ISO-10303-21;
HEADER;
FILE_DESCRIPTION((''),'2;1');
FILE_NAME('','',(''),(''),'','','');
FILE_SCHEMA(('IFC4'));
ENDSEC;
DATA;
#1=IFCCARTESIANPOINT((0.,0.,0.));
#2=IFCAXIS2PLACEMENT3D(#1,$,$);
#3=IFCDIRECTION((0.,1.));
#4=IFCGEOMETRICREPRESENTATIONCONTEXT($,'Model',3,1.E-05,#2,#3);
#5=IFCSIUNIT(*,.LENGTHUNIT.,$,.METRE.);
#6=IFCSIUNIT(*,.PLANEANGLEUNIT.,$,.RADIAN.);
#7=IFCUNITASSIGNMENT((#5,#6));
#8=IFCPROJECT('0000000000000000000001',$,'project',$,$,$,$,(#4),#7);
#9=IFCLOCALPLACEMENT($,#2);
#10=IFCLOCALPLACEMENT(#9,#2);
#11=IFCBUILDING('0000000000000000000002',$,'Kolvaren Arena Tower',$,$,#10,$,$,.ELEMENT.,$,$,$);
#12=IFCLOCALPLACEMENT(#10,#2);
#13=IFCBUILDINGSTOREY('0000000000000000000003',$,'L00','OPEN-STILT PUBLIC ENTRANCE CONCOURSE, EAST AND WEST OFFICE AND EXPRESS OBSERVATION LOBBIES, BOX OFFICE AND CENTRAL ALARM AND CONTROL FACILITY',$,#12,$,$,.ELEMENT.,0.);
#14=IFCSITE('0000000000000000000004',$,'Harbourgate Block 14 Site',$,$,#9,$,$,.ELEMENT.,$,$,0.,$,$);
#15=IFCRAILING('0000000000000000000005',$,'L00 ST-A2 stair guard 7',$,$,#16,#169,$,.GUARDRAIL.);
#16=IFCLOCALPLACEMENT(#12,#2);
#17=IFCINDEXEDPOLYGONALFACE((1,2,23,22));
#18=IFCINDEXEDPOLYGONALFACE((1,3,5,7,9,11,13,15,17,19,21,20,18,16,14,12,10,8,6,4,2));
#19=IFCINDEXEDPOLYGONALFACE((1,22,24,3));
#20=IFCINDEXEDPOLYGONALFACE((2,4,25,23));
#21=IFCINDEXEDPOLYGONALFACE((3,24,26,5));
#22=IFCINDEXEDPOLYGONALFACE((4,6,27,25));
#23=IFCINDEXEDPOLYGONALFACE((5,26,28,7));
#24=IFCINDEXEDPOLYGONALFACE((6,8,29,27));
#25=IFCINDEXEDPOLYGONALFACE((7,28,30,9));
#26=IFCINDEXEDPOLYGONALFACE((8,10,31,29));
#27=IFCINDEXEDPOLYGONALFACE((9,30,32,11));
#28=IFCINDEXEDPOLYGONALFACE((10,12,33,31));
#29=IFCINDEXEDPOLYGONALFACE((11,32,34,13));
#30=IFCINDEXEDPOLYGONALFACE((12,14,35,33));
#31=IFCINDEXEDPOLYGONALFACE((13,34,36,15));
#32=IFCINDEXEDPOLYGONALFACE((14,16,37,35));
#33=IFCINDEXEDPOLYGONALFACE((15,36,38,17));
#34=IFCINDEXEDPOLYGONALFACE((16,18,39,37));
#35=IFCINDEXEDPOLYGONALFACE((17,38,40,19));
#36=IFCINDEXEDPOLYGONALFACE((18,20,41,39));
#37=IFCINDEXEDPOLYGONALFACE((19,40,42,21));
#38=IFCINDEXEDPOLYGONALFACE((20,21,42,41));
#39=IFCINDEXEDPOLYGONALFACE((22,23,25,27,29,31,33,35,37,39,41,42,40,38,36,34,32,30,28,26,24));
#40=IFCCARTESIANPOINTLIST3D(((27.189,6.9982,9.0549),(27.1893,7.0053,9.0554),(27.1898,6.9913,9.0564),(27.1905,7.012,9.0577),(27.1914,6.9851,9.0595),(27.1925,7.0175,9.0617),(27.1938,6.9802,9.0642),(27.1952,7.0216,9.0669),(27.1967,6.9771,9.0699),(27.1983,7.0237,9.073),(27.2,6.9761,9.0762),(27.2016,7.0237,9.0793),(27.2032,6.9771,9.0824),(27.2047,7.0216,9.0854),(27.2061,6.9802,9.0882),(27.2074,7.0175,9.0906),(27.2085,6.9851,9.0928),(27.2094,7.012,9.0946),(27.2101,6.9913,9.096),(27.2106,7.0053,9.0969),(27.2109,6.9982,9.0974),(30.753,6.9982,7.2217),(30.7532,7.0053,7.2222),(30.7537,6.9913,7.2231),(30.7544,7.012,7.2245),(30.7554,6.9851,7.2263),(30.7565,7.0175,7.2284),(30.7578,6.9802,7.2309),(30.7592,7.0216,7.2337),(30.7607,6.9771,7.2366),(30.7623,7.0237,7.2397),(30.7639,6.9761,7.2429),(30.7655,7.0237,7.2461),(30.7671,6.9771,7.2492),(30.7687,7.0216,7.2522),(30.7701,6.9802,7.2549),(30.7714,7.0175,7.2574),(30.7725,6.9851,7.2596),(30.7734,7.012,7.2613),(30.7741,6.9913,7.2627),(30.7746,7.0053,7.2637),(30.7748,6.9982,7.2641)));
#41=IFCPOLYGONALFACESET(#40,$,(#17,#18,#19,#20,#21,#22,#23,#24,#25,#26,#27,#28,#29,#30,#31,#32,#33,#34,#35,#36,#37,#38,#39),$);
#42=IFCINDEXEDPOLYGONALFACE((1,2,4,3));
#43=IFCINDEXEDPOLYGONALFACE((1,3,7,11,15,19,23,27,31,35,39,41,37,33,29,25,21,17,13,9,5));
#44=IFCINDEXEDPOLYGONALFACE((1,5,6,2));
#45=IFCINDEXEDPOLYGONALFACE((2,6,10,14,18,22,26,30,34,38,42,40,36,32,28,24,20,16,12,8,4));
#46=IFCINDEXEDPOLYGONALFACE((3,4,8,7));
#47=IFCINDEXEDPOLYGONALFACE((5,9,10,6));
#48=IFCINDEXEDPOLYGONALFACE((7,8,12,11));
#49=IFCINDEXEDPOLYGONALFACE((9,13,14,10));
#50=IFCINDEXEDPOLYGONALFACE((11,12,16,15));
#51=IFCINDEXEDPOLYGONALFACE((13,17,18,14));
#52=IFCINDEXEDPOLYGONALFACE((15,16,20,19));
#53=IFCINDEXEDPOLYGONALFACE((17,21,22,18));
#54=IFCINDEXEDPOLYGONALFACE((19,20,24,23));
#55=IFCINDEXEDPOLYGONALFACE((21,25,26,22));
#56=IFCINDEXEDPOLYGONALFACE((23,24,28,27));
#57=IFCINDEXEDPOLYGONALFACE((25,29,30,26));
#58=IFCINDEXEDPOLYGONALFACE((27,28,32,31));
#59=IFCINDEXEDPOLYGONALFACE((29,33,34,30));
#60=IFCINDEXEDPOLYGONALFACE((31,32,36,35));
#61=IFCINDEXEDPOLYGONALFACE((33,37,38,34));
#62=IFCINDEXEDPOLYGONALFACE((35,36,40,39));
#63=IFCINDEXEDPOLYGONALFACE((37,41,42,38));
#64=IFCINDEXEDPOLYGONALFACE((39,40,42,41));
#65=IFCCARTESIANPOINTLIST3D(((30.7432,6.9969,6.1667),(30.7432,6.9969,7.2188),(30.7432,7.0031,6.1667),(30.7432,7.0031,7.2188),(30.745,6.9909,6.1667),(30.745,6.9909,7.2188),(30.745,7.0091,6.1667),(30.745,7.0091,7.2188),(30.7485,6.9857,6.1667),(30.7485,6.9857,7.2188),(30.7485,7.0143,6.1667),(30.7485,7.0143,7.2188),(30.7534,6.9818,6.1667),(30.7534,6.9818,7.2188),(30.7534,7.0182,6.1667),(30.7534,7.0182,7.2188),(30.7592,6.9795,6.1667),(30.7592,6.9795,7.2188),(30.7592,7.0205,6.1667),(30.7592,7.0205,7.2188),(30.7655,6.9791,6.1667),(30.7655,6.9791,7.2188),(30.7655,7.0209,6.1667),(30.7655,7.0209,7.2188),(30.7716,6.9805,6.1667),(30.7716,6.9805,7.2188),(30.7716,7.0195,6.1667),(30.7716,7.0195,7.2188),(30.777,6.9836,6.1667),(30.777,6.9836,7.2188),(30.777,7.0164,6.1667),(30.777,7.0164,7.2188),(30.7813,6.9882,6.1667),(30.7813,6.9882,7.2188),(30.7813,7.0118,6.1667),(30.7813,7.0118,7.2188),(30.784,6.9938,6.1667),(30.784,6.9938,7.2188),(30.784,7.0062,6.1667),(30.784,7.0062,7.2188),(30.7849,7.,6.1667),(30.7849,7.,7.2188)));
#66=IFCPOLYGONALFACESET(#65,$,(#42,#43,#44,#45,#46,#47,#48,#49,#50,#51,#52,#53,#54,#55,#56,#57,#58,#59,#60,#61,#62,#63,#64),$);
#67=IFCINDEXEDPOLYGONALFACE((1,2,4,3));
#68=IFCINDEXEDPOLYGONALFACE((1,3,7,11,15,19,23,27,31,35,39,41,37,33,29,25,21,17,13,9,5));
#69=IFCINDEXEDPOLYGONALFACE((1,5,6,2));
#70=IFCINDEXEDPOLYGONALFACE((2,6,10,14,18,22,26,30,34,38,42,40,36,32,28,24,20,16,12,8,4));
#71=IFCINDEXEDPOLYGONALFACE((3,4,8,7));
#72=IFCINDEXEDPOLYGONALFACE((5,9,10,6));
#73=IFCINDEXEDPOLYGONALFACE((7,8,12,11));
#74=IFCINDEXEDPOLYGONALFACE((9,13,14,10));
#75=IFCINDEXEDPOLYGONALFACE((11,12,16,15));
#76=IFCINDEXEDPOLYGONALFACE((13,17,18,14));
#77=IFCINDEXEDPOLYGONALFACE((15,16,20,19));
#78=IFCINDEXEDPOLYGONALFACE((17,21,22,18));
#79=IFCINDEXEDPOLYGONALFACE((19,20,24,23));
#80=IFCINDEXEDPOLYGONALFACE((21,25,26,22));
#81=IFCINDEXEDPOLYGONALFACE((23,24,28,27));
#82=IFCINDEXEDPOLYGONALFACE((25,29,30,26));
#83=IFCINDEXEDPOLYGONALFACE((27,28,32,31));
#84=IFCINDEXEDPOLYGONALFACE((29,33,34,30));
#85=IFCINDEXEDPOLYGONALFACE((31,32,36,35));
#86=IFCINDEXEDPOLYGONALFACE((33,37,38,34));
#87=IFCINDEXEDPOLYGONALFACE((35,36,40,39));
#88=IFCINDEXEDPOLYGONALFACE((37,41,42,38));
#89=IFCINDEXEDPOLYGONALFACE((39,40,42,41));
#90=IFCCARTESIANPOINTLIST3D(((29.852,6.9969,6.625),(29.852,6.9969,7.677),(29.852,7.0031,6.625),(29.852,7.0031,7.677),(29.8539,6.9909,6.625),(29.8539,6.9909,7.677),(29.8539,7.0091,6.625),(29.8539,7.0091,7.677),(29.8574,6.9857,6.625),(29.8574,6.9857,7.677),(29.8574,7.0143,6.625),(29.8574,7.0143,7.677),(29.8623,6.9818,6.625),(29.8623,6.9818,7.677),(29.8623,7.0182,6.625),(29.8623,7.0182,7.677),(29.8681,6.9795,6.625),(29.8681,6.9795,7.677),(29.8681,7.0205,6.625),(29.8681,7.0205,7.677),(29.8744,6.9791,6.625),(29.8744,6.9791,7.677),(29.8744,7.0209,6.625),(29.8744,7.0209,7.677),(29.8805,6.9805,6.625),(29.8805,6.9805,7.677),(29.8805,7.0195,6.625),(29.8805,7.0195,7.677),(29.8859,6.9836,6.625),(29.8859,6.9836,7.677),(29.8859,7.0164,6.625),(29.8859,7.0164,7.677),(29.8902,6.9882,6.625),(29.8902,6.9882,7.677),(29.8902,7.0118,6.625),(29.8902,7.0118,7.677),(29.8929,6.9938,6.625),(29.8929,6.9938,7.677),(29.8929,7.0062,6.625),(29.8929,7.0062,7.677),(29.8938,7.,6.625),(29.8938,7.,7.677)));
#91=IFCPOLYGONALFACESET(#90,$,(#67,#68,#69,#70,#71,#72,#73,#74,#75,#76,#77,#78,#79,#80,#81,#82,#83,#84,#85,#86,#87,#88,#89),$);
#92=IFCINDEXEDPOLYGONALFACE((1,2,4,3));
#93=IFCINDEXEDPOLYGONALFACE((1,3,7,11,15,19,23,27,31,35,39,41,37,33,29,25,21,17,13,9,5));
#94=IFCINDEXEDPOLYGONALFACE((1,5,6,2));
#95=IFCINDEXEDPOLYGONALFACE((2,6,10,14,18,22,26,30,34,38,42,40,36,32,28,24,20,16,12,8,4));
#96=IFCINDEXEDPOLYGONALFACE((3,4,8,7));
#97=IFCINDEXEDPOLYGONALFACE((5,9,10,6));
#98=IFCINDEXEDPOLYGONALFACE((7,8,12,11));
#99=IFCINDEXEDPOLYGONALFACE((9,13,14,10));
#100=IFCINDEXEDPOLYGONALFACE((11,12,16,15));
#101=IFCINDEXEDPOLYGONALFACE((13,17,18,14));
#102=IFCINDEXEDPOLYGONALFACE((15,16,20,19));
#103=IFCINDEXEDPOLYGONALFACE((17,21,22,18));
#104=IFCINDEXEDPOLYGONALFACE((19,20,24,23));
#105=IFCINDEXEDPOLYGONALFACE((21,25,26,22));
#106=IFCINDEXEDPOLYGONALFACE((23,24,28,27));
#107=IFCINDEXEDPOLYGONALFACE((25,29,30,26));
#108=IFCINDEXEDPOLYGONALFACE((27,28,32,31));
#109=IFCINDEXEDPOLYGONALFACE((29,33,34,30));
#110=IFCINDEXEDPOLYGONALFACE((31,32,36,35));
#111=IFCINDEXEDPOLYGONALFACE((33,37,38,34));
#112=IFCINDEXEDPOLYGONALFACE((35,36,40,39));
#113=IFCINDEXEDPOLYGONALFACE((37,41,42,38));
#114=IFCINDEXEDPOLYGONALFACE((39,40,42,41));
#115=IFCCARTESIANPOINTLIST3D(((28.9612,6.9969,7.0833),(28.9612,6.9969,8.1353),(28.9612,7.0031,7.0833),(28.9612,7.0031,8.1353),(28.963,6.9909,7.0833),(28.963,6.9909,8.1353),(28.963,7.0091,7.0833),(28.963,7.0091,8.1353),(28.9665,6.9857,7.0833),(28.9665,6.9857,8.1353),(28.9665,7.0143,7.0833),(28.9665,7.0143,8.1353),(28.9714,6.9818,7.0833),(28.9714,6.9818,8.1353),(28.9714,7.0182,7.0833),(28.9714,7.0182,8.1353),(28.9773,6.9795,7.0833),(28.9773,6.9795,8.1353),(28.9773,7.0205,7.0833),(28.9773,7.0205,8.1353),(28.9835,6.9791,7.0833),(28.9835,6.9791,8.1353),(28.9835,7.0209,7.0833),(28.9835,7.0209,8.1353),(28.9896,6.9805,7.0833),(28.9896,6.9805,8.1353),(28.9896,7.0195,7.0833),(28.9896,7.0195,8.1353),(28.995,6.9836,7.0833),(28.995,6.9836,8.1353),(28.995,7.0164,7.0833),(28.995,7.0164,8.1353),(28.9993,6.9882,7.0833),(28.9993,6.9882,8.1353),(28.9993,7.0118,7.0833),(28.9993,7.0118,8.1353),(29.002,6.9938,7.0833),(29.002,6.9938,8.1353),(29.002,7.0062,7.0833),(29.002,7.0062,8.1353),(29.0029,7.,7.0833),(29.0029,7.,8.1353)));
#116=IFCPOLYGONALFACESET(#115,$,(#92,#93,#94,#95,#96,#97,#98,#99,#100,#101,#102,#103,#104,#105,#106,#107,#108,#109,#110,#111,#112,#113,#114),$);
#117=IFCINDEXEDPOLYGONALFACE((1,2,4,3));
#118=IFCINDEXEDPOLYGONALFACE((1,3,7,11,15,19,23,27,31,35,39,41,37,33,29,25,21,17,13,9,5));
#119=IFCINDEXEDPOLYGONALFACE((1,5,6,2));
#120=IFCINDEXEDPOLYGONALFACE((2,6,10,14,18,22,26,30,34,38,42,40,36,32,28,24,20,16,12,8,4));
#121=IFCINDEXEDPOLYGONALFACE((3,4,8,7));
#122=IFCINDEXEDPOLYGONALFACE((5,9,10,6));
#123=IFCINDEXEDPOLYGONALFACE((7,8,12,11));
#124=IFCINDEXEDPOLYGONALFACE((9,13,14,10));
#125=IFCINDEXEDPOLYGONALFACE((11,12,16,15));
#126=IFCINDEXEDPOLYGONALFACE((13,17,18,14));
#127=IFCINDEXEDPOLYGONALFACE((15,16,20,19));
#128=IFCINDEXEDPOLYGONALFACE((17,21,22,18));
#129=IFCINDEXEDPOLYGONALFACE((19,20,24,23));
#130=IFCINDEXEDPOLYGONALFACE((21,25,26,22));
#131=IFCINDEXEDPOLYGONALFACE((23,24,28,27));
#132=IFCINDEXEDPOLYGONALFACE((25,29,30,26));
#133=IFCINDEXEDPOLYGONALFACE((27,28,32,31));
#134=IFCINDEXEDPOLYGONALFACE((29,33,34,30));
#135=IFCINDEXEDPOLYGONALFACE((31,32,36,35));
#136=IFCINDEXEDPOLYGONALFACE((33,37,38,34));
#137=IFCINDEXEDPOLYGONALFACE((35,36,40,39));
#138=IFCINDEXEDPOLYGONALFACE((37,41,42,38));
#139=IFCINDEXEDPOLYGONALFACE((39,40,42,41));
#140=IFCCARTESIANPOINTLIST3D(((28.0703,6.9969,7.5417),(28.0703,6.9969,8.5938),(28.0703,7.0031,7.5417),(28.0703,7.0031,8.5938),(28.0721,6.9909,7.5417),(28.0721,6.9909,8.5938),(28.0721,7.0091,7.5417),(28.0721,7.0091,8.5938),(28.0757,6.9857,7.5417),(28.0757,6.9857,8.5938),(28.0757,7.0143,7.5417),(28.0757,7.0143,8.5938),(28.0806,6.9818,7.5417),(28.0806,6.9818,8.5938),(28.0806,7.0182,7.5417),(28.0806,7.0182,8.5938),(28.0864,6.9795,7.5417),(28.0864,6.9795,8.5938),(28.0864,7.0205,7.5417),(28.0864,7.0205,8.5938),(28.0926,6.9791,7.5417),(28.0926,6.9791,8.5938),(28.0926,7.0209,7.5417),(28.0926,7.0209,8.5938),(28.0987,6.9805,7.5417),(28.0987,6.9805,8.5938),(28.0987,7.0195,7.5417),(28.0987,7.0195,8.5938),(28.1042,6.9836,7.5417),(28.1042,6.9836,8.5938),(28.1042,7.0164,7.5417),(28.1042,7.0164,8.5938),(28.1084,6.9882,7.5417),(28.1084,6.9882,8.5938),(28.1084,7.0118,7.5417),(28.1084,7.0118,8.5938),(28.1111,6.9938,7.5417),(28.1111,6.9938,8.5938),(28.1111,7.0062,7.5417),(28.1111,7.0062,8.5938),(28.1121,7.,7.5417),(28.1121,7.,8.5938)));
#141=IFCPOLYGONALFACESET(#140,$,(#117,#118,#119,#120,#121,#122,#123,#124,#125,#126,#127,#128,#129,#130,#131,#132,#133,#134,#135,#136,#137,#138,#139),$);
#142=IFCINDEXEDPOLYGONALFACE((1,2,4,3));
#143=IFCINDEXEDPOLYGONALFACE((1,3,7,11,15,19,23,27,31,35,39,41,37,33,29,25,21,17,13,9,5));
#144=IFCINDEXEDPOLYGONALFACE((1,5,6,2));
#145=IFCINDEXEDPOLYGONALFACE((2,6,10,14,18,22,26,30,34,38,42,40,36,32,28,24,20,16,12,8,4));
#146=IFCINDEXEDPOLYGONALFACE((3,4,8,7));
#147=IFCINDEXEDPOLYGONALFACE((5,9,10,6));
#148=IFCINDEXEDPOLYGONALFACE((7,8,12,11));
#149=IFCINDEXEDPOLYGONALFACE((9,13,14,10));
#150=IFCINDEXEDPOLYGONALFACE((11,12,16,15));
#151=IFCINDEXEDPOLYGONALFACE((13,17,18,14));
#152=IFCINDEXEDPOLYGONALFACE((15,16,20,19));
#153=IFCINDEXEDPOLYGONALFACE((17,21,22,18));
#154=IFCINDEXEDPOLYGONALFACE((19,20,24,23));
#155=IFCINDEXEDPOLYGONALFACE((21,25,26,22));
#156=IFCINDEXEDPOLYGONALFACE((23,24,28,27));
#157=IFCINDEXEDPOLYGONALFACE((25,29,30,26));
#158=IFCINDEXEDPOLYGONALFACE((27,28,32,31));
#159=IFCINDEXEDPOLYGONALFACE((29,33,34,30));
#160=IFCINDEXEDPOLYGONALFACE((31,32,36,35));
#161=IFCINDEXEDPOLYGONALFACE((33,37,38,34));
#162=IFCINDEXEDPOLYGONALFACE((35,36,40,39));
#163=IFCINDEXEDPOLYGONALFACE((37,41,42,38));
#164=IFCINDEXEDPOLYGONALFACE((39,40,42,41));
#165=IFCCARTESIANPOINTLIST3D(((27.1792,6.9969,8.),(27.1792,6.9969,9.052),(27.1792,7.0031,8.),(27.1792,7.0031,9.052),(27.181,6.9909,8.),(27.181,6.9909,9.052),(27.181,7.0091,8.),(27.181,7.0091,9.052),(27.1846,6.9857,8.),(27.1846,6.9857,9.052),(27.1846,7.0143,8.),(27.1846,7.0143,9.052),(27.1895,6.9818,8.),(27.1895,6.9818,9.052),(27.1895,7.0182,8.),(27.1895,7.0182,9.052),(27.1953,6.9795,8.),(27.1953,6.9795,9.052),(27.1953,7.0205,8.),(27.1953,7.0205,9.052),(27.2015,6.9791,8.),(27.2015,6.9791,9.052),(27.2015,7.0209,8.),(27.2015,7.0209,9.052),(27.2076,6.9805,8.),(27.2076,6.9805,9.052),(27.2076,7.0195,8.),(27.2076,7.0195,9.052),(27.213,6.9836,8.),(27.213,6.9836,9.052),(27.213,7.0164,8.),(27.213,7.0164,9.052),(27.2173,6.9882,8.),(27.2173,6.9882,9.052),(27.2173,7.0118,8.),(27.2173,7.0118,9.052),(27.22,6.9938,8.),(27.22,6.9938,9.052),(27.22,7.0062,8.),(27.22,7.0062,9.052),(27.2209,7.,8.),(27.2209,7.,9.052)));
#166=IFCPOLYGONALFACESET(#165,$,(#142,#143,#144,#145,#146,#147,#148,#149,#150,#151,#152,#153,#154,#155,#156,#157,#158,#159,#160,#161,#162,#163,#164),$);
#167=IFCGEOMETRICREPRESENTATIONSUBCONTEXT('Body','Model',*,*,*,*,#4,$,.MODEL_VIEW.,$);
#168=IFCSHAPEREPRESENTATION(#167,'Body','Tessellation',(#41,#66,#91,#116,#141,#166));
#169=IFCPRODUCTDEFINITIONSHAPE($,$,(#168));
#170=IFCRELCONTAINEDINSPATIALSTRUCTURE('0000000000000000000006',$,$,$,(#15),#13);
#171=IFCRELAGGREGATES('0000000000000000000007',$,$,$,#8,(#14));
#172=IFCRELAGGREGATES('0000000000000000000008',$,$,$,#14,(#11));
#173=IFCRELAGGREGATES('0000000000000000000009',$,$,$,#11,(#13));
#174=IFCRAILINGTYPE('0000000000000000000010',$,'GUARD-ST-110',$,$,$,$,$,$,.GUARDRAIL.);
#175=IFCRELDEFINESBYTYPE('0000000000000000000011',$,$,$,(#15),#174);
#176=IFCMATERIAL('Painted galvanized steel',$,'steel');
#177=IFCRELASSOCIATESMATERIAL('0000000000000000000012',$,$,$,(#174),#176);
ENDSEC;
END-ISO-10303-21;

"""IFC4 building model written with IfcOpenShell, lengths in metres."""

from ifc_helpers import new_model, si_unit, direction, frame, origin, origin_2d, place, context, subcontext, project, spatial, circle, extrude, material, type_object, element, save


model = new_model("IFC4")

# Units and contexts
model_context = context("Model", 3, precision=1e-05, world=origin(), true_north=direction((0.0, 1.0)))
body_context = subcontext(model_context, "Body", "Model", "MODEL_VIEW")
ifc_project = project(units=[si_unit("LENGTHUNIT", "METRE"), si_unit("PLANEANGLEUNIT", "RADIAN")], contexts=[model_context])

# Site, building, storey
site_placement = place(None, origin())
site = spatial("IfcSite", under=ifc_project, at=site_placement, Name="Harbourgate Block 14 Site", CompositionType="ELEMENT", RefElevation=0.0)
building_placement = place(site_placement, origin())
building = spatial("IfcBuilding", under=site, at=building_placement, Name="Kolvaren Arena Tower", CompositionType="ELEMENT")
storey_placement = place(building_placement, origin())
storey = spatial("IfcBuildingStorey", under=building, at=storey_placement, Name="L00", Description="OPEN-STILT PUBLIC ENTRANCE CONCOURSE, EAST AND WEST OFFICE AND EXPRESS OBSERVATION LOBBIES, BOX OFFICE AND CENTRAL ALARM AND CONTROL FACILITY", CompositionType="ELEMENT", Elevation=0.0)

# Railing
ifc_material_1 = material(Name="Painted galvanized steel", Category="steel")
railing_type_1 = type_object("IfcRailingType", Name="GUARD-ST-110", PredefinedType="GUARDRAIL", material=ifc_material_1)
railing_1_placement = place(storey_placement, frame((30.7639, 7.0, 6.1667)))
element("IfcRailing", 1, at=railing_1_placement, inside=storey, type_object=railing_type_1, Name="L00 ST-A2 stair guard 7", PredefinedType="GUARDRAIL", context=body_context, shape_type="SweptSolid", body=[
    extrude(circle(Radius=0.0239, at=origin_2d()), frame((0.0, 0.0, 1.0762), z_axis=(-0.889252, 0.0, 0.457418), x_axis=(0.0, -1.0, 0.0)), (0.0, 0.0, 1.0), 4.0078),
    extrude(circle(Radius=0.021, at=origin_2d()), origin(), (0.0, 0.0, 1.0), 1.052),
    extrude(circle(Radius=0.021, at=origin_2d()), frame((-0.8911, 0.0, 0.4583)), (0.0, 0.0, 1.0), 1.052),
    extrude(circle(Radius=0.021, at=origin_2d()), frame((-1.782, 0.0, 0.9165)), (0.0, 0.0, 1.0), 1.052),
    extrude(circle(Radius=0.021, at=origin_2d()), frame((-2.6729, 0.0, 1.375)), (0.0, 0.0, 1.0), 1.052),
    extrude(circle(Radius=0.021, at=origin_2d()), frame((-3.564, 0.0, 1.8333)), (0.0, 0.0, 1.0), 1.052),
])

save(model, "model.ifc")
